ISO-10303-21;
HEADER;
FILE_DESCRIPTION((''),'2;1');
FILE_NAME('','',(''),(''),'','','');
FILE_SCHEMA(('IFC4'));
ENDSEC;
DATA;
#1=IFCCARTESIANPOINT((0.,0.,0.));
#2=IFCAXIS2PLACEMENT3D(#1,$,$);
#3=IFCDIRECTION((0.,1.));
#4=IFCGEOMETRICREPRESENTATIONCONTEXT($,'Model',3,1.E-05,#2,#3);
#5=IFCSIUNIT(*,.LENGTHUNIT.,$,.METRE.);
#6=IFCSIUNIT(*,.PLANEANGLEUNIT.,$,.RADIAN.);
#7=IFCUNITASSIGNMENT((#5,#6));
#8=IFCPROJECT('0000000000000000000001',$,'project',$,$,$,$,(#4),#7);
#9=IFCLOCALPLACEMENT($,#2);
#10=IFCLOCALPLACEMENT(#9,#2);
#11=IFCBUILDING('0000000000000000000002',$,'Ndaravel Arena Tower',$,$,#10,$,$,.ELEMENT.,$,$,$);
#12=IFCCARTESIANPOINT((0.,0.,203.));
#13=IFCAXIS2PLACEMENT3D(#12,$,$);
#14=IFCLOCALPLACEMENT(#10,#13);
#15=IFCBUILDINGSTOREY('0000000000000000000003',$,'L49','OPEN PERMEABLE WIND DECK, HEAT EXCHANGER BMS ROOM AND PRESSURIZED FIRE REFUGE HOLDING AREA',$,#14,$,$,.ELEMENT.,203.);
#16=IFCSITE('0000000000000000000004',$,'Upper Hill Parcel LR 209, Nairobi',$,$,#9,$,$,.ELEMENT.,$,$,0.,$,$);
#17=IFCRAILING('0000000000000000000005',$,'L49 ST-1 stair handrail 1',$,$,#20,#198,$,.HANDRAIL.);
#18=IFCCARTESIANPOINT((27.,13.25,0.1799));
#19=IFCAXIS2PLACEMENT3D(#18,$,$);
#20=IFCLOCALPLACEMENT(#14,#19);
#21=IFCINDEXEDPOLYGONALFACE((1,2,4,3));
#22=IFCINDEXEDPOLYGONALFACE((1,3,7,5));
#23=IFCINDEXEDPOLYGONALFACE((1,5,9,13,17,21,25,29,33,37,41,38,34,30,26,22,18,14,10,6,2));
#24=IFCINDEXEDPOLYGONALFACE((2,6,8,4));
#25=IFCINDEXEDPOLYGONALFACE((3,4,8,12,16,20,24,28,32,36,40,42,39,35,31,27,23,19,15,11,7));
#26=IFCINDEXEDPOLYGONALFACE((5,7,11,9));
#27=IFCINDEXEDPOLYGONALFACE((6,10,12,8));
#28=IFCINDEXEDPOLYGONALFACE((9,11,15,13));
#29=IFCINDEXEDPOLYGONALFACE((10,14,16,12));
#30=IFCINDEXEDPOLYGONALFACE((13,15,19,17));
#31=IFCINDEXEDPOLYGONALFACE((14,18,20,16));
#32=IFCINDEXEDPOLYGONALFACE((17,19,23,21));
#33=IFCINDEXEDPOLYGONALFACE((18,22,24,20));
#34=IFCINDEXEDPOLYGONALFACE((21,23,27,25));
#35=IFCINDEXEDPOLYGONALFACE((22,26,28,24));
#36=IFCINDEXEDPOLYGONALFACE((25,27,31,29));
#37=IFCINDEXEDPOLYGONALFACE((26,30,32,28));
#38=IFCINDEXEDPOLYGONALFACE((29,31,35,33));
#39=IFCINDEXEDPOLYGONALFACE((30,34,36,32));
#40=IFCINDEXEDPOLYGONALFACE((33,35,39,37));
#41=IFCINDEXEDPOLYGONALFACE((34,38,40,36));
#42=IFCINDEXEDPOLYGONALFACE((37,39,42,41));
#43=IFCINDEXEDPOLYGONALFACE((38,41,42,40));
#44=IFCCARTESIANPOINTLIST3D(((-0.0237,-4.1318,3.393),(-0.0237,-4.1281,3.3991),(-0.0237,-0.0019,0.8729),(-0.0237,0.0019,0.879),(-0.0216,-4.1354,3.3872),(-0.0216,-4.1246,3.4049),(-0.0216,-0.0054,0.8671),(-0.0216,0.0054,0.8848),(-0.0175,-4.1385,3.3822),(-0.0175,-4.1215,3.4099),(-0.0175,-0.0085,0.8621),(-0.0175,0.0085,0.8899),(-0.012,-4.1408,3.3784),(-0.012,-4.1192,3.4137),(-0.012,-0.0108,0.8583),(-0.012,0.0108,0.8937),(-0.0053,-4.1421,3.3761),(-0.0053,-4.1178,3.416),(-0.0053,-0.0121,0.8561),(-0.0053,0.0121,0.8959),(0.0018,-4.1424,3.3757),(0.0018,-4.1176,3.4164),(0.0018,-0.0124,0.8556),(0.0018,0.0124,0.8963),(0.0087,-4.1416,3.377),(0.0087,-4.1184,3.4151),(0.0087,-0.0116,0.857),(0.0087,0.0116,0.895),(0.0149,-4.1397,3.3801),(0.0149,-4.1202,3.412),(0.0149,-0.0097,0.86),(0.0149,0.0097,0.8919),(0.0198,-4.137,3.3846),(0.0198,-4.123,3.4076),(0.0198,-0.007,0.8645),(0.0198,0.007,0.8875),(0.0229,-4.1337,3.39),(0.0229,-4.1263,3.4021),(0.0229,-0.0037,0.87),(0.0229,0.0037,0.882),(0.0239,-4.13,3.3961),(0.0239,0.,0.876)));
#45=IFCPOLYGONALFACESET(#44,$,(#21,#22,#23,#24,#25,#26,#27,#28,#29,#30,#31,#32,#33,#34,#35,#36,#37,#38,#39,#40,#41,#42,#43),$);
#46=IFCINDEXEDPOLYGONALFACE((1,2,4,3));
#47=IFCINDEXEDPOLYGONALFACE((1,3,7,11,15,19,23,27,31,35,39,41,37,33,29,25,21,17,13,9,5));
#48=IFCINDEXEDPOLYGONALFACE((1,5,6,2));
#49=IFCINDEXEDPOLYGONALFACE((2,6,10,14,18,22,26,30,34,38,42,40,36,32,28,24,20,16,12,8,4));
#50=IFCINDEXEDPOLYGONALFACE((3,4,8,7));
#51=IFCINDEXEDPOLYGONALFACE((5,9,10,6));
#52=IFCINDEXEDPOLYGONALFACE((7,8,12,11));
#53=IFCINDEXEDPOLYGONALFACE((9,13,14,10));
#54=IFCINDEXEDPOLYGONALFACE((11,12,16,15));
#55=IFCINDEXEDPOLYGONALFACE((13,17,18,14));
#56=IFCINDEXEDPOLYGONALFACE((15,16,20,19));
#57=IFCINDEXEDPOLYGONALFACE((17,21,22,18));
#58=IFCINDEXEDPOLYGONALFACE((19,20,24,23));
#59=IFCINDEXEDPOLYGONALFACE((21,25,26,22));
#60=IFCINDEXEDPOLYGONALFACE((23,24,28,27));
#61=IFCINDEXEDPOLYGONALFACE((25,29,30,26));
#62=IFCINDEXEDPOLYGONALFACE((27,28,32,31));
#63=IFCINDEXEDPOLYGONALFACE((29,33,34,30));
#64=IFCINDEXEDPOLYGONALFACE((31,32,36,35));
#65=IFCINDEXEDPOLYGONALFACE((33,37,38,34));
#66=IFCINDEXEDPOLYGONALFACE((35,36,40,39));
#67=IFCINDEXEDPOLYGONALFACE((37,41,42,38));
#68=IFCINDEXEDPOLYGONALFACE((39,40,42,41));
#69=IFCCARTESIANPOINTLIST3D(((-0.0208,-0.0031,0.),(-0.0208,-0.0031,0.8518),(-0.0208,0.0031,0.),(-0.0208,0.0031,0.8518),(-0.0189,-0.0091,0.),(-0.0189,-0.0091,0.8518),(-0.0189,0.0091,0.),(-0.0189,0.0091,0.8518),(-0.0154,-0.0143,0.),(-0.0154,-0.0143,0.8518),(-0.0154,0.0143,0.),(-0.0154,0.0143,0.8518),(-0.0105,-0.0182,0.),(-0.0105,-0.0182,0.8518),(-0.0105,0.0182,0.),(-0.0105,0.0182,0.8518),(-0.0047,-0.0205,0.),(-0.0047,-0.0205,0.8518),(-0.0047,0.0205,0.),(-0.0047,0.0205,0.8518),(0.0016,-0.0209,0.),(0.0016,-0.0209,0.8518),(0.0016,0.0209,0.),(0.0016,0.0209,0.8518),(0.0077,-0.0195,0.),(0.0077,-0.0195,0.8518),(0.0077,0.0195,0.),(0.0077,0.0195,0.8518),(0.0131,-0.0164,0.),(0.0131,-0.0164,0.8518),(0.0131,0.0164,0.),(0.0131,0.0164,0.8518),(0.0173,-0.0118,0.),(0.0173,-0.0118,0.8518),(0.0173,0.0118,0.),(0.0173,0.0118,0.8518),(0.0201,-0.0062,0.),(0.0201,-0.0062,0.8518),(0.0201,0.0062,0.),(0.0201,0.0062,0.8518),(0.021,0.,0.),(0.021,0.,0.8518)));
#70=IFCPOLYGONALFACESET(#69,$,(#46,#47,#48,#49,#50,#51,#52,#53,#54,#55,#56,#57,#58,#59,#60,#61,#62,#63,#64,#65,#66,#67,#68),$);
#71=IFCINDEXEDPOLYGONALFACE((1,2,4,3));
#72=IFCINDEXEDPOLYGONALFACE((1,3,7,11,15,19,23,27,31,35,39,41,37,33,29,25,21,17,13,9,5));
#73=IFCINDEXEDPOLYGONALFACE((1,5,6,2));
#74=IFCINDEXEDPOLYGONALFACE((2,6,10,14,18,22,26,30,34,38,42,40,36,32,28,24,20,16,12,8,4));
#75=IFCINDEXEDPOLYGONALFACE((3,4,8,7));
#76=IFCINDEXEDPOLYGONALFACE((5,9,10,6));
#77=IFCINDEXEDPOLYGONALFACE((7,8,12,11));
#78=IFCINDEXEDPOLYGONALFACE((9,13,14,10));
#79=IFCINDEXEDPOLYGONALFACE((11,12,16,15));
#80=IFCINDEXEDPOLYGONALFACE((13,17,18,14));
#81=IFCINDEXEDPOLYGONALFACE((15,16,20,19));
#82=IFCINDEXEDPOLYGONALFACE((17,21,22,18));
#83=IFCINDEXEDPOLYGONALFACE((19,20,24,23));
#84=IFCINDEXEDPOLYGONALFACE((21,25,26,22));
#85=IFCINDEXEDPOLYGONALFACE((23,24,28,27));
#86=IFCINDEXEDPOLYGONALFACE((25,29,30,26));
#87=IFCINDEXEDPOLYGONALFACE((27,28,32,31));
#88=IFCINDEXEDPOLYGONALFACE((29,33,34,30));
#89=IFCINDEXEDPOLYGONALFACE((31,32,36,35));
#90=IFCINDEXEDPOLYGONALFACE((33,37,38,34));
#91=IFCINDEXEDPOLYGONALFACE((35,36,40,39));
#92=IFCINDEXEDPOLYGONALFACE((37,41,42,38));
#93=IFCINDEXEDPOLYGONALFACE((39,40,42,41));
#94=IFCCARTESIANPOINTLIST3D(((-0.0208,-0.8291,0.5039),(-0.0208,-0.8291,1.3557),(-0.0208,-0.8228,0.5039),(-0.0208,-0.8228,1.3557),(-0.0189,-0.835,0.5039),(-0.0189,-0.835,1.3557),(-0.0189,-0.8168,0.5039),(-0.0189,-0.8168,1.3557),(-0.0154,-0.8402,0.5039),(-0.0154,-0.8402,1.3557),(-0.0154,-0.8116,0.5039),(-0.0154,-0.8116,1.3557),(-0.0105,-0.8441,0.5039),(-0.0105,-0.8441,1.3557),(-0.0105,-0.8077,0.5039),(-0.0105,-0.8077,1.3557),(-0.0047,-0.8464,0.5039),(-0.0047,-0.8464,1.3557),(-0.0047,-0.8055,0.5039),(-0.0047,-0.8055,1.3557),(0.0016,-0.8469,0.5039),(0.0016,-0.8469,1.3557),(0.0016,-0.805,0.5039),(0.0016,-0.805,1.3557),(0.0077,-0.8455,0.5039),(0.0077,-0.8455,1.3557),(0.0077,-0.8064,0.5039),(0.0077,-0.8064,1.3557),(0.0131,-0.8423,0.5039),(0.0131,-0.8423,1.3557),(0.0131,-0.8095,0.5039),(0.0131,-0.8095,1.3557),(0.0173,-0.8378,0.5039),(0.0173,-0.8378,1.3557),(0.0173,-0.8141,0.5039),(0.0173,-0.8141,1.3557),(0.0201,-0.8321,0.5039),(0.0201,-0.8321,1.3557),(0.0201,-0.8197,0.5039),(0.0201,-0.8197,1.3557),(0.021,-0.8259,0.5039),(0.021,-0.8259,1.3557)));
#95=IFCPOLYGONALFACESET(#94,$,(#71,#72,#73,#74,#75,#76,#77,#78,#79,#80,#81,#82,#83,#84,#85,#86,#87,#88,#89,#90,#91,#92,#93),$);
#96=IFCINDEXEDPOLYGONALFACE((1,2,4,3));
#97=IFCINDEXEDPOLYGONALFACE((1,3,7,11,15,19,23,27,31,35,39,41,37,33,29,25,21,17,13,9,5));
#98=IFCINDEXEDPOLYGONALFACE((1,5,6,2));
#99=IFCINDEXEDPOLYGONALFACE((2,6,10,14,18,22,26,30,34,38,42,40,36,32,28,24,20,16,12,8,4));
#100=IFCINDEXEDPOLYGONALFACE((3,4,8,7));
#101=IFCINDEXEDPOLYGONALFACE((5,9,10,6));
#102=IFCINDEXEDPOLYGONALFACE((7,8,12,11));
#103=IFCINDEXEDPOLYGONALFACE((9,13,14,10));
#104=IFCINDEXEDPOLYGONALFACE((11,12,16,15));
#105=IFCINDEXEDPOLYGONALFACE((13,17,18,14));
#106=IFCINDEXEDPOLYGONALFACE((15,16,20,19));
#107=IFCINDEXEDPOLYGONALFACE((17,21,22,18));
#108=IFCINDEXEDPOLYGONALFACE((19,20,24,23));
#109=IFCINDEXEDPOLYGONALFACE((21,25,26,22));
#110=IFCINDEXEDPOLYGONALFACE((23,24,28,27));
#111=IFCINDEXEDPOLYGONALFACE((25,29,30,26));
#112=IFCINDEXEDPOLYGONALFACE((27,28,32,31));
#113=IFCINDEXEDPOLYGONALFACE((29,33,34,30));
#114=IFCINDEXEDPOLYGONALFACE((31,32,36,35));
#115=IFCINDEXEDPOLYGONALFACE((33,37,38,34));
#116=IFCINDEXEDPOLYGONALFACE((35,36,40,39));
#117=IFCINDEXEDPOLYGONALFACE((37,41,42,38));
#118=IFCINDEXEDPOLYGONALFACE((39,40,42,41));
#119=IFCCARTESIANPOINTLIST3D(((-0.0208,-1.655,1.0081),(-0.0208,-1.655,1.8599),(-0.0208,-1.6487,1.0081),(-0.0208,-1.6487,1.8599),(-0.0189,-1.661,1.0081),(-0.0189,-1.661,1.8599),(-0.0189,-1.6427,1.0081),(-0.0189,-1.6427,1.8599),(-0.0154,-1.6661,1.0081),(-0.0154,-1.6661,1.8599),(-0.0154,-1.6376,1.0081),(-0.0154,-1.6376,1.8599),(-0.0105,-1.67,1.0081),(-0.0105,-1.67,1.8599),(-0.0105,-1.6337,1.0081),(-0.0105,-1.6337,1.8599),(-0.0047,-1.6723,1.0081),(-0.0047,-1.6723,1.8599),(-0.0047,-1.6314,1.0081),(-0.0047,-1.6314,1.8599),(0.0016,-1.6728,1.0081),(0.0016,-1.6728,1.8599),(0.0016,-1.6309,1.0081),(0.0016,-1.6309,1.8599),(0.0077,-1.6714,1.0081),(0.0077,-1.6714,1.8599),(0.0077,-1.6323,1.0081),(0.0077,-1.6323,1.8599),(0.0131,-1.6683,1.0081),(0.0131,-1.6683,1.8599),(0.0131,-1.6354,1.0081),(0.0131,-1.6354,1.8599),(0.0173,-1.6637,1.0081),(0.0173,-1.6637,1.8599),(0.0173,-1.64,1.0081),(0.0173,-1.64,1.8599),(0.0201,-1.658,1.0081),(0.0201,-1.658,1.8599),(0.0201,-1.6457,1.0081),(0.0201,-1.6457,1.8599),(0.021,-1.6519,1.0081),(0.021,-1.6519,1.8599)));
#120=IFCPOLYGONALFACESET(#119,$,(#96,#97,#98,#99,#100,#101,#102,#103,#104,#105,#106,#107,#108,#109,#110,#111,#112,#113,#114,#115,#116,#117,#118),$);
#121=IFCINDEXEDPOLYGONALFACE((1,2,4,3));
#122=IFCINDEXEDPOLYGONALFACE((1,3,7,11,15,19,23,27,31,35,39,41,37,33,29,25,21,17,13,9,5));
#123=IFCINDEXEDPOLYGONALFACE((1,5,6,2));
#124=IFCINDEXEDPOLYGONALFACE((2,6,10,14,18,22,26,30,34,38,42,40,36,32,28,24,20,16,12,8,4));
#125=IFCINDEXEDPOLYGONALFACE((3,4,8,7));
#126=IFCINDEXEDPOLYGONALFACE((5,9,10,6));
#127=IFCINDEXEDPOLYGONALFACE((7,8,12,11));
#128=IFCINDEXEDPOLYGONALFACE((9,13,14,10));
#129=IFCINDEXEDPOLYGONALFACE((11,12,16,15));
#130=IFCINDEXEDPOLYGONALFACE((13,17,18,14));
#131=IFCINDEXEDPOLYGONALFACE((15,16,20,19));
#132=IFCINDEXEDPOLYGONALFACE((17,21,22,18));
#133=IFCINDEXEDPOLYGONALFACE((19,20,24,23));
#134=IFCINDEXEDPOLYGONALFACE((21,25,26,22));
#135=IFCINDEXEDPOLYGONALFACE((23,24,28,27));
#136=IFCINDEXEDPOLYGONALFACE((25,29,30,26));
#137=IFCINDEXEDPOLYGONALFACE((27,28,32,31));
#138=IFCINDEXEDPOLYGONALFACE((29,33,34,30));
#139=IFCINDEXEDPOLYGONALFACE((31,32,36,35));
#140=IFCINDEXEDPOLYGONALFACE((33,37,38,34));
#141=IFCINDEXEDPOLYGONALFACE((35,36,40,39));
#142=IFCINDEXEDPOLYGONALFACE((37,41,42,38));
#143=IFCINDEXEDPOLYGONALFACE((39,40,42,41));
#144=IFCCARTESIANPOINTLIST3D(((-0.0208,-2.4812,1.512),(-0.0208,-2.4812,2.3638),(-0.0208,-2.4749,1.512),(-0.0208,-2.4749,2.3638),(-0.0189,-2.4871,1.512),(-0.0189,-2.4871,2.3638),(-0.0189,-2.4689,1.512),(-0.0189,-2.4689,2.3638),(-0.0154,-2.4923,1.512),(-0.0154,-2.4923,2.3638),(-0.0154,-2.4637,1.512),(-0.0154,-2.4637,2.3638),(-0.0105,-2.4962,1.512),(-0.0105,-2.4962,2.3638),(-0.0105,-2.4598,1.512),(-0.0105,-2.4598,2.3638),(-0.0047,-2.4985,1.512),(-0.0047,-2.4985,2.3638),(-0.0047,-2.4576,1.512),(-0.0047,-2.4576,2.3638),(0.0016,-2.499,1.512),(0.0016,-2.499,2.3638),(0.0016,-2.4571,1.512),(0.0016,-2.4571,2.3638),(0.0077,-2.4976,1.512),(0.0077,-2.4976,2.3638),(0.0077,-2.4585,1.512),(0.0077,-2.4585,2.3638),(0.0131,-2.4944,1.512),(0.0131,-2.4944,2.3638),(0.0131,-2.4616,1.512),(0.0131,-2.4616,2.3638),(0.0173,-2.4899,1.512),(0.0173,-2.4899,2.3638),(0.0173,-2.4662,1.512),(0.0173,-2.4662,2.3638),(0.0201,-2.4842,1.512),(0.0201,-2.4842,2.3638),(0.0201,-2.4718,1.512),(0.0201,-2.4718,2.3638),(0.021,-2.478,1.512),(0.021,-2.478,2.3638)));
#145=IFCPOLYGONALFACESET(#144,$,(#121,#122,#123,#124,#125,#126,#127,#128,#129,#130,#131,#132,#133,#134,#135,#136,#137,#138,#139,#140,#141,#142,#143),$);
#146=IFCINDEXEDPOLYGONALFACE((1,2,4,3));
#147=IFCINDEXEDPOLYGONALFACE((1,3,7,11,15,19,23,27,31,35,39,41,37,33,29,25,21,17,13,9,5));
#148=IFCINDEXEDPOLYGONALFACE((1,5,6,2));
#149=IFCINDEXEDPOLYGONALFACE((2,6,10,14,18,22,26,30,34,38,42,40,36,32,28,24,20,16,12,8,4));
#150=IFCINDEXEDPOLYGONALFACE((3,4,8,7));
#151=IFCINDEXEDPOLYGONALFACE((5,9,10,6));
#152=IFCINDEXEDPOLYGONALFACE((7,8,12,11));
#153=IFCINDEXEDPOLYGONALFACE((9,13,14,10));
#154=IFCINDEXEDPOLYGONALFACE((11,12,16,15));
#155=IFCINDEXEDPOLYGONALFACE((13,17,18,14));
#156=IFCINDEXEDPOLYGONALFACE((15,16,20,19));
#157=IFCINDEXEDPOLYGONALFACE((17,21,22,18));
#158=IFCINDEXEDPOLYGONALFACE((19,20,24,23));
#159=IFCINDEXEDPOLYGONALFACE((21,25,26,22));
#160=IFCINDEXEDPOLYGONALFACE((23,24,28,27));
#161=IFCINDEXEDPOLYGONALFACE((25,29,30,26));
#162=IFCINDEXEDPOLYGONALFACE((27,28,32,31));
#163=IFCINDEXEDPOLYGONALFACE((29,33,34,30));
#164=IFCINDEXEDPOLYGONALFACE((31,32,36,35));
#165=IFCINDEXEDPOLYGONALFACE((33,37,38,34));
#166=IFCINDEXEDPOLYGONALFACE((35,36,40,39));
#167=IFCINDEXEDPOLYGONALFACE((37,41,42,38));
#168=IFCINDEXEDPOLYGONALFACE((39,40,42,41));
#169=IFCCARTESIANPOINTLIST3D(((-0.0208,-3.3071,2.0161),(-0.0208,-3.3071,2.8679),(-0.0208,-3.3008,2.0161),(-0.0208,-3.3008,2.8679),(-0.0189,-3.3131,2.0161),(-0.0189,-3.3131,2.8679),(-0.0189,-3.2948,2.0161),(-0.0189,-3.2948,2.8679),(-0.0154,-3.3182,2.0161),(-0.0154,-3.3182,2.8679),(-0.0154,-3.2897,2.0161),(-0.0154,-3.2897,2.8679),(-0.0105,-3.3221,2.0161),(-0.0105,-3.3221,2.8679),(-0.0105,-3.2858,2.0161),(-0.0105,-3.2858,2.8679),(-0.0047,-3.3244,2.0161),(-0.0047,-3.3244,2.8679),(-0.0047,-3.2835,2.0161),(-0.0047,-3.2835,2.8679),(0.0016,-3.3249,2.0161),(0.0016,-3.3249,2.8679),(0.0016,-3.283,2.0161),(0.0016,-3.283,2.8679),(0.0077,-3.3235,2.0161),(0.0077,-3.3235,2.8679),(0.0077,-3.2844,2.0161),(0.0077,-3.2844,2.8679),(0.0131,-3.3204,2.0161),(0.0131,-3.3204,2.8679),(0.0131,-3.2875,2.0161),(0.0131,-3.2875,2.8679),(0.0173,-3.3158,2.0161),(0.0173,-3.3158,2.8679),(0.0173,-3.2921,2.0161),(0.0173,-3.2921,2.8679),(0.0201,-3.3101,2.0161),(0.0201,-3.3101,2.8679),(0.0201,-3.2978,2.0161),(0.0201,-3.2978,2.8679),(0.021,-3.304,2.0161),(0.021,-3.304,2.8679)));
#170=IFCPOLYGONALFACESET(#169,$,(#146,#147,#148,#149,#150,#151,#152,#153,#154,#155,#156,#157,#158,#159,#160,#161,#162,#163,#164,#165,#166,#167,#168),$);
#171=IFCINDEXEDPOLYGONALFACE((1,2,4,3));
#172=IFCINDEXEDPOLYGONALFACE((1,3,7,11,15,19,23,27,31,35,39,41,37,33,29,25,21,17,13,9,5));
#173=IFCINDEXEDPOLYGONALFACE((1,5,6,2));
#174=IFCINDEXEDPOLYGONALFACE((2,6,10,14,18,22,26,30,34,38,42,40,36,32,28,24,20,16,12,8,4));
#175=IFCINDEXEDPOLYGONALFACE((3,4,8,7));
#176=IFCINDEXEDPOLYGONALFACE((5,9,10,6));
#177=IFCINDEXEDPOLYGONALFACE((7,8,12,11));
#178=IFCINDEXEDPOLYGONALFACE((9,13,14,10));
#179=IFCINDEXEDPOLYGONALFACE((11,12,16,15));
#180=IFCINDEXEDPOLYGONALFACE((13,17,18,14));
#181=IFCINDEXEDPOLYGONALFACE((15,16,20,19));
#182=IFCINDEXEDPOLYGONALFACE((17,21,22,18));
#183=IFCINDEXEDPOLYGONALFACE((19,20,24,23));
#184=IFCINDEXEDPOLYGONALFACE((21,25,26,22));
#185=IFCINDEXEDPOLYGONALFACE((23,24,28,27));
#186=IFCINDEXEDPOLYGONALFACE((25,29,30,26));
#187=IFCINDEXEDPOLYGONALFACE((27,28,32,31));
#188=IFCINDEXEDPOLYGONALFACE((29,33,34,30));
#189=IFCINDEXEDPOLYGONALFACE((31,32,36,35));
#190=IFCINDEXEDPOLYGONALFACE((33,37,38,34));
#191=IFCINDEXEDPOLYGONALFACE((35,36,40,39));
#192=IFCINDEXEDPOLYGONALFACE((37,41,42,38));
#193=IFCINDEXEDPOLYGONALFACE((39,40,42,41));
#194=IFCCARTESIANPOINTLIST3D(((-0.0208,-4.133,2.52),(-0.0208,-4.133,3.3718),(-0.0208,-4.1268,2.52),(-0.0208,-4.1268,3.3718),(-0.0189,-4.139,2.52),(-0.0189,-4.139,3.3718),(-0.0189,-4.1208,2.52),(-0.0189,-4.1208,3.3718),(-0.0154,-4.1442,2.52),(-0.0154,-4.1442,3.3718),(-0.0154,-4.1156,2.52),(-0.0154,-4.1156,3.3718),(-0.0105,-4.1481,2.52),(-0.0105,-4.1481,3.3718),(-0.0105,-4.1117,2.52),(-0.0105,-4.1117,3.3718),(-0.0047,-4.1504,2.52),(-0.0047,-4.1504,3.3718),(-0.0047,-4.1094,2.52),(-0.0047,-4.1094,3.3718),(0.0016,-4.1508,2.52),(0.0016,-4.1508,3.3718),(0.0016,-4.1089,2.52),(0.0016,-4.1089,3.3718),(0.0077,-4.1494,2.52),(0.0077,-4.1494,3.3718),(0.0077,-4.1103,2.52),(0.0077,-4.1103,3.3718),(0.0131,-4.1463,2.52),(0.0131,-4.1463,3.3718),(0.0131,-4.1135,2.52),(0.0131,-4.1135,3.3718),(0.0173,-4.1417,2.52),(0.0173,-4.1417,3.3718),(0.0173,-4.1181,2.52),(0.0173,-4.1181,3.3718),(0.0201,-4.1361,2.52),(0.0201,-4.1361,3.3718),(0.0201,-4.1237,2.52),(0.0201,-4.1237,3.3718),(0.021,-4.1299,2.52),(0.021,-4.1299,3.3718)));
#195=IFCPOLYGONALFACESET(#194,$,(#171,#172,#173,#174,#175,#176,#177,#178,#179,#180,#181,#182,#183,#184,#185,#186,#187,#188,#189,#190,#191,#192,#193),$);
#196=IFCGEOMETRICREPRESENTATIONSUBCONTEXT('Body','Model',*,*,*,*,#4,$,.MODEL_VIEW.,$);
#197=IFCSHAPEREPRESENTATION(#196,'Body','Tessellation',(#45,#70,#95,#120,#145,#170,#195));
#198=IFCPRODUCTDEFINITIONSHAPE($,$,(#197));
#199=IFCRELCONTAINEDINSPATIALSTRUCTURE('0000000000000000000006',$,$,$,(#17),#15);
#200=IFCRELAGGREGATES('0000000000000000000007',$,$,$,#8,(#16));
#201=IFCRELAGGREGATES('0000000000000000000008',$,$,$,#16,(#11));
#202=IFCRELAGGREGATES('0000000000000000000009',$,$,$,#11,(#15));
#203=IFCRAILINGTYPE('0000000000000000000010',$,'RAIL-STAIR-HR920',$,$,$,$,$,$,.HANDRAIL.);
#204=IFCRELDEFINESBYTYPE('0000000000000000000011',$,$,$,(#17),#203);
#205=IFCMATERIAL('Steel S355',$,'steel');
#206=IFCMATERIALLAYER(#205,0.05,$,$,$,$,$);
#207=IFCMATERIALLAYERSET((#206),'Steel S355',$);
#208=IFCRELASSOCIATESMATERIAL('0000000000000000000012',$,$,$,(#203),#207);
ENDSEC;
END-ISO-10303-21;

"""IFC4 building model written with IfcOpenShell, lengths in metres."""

from ifc_helpers import new_model, si_unit, direction, frame, origin, origin_2d, place, context, subcontext, project, spatial, circle, extrude, material, layer, layer_set, type_object, element, save


model = new_model("IFC4")

# Units and contexts
model_context = context("Model", 3, precision=1e-05, world=origin(), true_north=direction((0.0, 1.0)))
body_context = subcontext(model_context, "Body", "Model", "MODEL_VIEW")
ifc_project = project(units=[si_unit("LENGTHUNIT", "METRE"), si_unit("PLANEANGLEUNIT", "RADIAN")], contexts=[model_context])

# Site, building, storey
site_placement = place(None, origin())
site = spatial("IfcSite", under=ifc_project, at=site_placement, Name="Upper Hill Parcel LR 209, Nairobi", CompositionType="ELEMENT", RefElevation=0.0)
building_placement = place(site_placement, origin())
building = spatial("IfcBuilding", under=site, at=building_placement, Name="Ndaravel Arena Tower", CompositionType="ELEMENT")
storey_placement = place(building_placement, frame((0.0, 0.0, 203.0)))
storey = spatial("IfcBuildingStorey", under=building, at=storey_placement, Name="L49", Description="OPEN PERMEABLE WIND DECK, HEAT EXCHANGER BMS ROOM AND PRESSURIZED FIRE REFUGE HOLDING AREA", CompositionType="ELEMENT", Elevation=203.0)

# Railing
ifc_material_1 = material(Name="Steel S355", Category="steel")
ifc_layer_1 = layer(ifc_material_1, 0.05)
ifc_layer_set_1 = layer_set([ifc_layer_1], Name="Steel S355")
railing_type_1 = type_object("IfcRailingType", Name="RAIL-STAIR-HR920", PredefinedType="HANDRAIL", material=ifc_layer_set_1)
railing_1_placement = place(storey_placement, frame((27.0, 13.25, 0.1799)))
element("IfcRailing", 1, at=railing_1_placement, inside=storey, type_object=railing_type_1, Name="L49 ST-1 stair handrail 1", PredefinedType="HANDRAIL", context=body_context, shape_type="SweptSolid", body=[
    extrude(circle(Radius=0.0239, at=origin_2d()), frame((0.0, 0.0, 0.876), z_axis=(0.0, -0.853631, 0.520878), x_axis=(1.0, 0.0, 0.0)), (0.0, 0.0, 1.0), 4.8381),
    extrude(circle(Radius=0.021, at=origin_2d()), origin(), (0.0, 0.0, 1.0), 0.8518),
    extrude(circle(Radius=0.021, at=origin_2d()), frame((0.0, -0.8259, 0.5039)), (0.0, 0.0, 1.0), 0.8518),
    extrude(circle(Radius=0.021, at=origin_2d()), frame((0.0, -1.6519, 1.0081)), (0.0, 0.0, 1.0), 0.8518),
    extrude(circle(Radius=0.021, at=origin_2d()), frame((0.0, -2.478, 1.512)), (0.0, 0.0, 1.0), 0.8518),
    extrude(circle(Radius=0.021, at=origin_2d()), frame((0.0, -3.304, 2.0161)), (0.0, 0.0, 1.0), 0.8518),
    extrude(circle(Radius=0.021, at=origin_2d()), frame((0.0, -4.1299, 2.52)), (0.0, 0.0, 1.0), 0.8518),
])

save(model, "model.ifc")
